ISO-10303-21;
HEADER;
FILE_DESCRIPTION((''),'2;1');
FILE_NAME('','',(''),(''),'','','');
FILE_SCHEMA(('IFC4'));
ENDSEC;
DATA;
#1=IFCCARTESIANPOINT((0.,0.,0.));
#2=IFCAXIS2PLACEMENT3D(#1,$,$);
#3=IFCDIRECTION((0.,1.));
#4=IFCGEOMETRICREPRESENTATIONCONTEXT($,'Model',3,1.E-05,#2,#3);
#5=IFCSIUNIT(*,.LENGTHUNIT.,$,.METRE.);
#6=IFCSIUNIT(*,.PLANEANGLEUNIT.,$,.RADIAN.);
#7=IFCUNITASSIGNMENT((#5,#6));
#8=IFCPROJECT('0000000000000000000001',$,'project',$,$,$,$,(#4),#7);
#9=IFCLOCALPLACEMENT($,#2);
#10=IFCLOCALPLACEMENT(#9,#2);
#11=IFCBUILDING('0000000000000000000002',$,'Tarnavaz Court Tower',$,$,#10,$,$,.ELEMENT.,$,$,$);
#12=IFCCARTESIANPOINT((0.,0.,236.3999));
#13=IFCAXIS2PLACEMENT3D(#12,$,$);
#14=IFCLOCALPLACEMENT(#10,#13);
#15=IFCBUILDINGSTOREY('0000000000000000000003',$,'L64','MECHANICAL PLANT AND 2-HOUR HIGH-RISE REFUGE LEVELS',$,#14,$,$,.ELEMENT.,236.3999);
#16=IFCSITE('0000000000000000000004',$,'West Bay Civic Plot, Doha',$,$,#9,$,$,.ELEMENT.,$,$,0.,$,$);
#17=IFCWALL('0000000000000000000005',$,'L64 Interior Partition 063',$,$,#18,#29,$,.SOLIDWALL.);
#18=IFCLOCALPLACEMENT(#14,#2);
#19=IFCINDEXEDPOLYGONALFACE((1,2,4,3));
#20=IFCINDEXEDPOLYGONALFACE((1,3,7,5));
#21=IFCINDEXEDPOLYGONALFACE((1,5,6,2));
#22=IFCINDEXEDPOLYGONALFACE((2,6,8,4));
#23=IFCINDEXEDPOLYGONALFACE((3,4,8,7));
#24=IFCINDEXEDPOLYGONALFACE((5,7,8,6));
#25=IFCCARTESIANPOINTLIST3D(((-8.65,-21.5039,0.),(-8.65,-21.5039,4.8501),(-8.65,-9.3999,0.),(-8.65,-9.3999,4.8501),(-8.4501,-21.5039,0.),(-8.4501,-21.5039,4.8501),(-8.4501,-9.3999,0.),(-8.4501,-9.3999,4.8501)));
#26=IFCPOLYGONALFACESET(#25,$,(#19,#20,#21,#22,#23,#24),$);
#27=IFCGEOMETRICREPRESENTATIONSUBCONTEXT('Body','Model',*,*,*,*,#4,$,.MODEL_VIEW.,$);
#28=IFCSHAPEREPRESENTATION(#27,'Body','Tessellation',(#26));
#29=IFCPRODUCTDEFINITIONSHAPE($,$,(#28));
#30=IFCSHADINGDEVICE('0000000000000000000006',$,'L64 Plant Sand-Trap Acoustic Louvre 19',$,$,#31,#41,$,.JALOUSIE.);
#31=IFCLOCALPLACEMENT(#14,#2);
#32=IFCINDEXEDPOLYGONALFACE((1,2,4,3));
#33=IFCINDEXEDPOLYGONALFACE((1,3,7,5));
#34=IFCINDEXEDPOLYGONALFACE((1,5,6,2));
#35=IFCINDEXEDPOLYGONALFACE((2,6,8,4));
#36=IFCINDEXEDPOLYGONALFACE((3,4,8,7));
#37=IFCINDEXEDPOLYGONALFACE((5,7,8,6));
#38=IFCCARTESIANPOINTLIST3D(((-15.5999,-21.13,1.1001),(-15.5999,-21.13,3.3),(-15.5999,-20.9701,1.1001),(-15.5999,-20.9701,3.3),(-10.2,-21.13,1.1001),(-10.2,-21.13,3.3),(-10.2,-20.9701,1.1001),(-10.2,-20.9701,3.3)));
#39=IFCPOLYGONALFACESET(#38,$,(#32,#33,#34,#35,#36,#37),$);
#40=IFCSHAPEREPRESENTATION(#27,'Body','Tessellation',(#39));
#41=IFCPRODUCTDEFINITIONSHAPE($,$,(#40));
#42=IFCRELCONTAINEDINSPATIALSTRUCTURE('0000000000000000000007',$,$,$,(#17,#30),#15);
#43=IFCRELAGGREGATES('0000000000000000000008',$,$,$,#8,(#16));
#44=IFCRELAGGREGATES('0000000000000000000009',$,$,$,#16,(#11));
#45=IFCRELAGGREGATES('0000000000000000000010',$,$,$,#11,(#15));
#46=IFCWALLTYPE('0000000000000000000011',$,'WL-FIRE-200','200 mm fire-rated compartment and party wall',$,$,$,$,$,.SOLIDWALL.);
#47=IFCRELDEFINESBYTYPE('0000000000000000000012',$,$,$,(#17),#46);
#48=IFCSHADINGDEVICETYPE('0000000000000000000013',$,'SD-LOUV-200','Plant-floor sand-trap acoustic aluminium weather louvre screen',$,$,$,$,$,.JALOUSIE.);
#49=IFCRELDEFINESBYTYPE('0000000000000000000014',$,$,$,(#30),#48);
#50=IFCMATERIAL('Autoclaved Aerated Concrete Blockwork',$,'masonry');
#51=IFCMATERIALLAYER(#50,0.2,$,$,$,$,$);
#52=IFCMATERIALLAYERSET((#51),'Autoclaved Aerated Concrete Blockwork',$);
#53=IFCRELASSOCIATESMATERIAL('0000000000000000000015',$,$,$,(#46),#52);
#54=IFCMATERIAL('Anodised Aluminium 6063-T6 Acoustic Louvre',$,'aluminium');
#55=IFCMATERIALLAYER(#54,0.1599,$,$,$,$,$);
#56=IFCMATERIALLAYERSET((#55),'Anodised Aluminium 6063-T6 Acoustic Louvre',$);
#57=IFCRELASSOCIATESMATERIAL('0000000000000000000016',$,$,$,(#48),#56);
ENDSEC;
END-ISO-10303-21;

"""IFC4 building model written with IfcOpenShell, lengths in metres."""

from ifc_helpers import new_model, si_unit, direction, frame, frame_2d, origin, origin_2d, place, context, subcontext, project, spatial, rectangle, extrude, material, layer, layer_set, type_object, element, save


model = new_model("IFC4")

# Units and contexts
model_context = context("Model", 3, precision=1e-05, world=origin(), true_north=direction((0.0, 1.0)))
body_context = subcontext(model_context, "Body", "Model", "MODEL_VIEW")
ifc_project = project(units=[si_unit("LENGTHUNIT", "METRE"), si_unit("PLANEANGLEUNIT", "RADIAN")], contexts=[model_context])

# Site, building, storey
site_placement = place(None, origin())
site = spatial("IfcSite", under=ifc_project, at=site_placement, Name="West Bay Civic Plot, Doha", CompositionType="ELEMENT", RefElevation=0.0)
building_placement = place(site_placement, origin())
building = spatial("IfcBuilding", under=site, at=building_placement, Name="Tarnavaz Court Tower", CompositionType="ELEMENT")
storey_placement = place(building_placement, frame((0.0, 0.0, 236.3999)))
storey = spatial("IfcBuildingStorey", under=building, at=storey_placement, Name="L64", Description="MECHANICAL PLANT AND 2-HOUR HIGH-RISE REFUGE LEVELS", CompositionType="ELEMENT", Elevation=236.3999)

# Wall
ifc_material_1 = material(Name="Autoclaved Aerated Concrete Blockwork", Category="masonry")
ifc_layer_1 = layer(ifc_material_1, 0.2)
ifc_layer_set_1 = layer_set([ifc_layer_1], Name="Autoclaved Aerated Concrete Blockwork")
wall_type_1 = type_object("IfcWallType", Name="WL-FIRE-200", Description="200 mm fire-rated compartment and party wall", PredefinedType="SOLIDWALL", material=ifc_layer_set_1)
wall_1_placement = place(storey_placement, frame((-8.55, -21.5039, 0.0), z_axis=(0.0, 0.0, 1.0), x_axis=(0.0, 1.0, 0.0)))
element("IfcWall", 1, at=wall_1_placement, inside=storey, type_object=wall_type_1, Name="L64 Interior Partition 063", PredefinedType="SOLIDWALL", context=body_context, shape_type="SweptSolid", body=[
    extrude(rectangle(XDim=12.104, YDim=0.2, at=frame_2d((6.052, 0.0))), origin(), (0.0, 0.0, 1.0), 4.8501),
])

# Shading device
ifc_material_2 = material(Name="Anodised Aluminium 6063-T6 Acoustic Louvre", Category="aluminium")
ifc_layer_2 = layer(ifc_material_2, 0.1599)
ifc_layer_set_2 = layer_set([ifc_layer_2], Name="Anodised Aluminium 6063-T6 Acoustic Louvre")
shading_device_type = type_object("IfcShadingDeviceType", Name="SD-LOUV-200", Description="Plant-floor sand-trap acoustic aluminium weather louvre screen", PredefinedType="JALOUSIE", material=ifc_layer_set_2)
shading_device_placement = place(storey_placement, frame((-12.8999, -21.05, 1.1001), z_axis=(0.0, 0.0, 1.0), x_axis=(-1.0, 0.0, 0.0)))
element("IfcShadingDevice", 2, at=shading_device_placement, inside=storey, type_object=shading_device_type, Name="L64 Plant Sand-Trap Acoustic Louvre 19", PredefinedType="JALOUSIE", context=body_context, shape_type="SweptSolid", body=[
    extrude(rectangle(XDim=5.3999, YDim=0.1599, at=origin_2d()), origin(), (0.0, 0.0, 1.0), 2.2),
])

save(model, "model.ifc")
